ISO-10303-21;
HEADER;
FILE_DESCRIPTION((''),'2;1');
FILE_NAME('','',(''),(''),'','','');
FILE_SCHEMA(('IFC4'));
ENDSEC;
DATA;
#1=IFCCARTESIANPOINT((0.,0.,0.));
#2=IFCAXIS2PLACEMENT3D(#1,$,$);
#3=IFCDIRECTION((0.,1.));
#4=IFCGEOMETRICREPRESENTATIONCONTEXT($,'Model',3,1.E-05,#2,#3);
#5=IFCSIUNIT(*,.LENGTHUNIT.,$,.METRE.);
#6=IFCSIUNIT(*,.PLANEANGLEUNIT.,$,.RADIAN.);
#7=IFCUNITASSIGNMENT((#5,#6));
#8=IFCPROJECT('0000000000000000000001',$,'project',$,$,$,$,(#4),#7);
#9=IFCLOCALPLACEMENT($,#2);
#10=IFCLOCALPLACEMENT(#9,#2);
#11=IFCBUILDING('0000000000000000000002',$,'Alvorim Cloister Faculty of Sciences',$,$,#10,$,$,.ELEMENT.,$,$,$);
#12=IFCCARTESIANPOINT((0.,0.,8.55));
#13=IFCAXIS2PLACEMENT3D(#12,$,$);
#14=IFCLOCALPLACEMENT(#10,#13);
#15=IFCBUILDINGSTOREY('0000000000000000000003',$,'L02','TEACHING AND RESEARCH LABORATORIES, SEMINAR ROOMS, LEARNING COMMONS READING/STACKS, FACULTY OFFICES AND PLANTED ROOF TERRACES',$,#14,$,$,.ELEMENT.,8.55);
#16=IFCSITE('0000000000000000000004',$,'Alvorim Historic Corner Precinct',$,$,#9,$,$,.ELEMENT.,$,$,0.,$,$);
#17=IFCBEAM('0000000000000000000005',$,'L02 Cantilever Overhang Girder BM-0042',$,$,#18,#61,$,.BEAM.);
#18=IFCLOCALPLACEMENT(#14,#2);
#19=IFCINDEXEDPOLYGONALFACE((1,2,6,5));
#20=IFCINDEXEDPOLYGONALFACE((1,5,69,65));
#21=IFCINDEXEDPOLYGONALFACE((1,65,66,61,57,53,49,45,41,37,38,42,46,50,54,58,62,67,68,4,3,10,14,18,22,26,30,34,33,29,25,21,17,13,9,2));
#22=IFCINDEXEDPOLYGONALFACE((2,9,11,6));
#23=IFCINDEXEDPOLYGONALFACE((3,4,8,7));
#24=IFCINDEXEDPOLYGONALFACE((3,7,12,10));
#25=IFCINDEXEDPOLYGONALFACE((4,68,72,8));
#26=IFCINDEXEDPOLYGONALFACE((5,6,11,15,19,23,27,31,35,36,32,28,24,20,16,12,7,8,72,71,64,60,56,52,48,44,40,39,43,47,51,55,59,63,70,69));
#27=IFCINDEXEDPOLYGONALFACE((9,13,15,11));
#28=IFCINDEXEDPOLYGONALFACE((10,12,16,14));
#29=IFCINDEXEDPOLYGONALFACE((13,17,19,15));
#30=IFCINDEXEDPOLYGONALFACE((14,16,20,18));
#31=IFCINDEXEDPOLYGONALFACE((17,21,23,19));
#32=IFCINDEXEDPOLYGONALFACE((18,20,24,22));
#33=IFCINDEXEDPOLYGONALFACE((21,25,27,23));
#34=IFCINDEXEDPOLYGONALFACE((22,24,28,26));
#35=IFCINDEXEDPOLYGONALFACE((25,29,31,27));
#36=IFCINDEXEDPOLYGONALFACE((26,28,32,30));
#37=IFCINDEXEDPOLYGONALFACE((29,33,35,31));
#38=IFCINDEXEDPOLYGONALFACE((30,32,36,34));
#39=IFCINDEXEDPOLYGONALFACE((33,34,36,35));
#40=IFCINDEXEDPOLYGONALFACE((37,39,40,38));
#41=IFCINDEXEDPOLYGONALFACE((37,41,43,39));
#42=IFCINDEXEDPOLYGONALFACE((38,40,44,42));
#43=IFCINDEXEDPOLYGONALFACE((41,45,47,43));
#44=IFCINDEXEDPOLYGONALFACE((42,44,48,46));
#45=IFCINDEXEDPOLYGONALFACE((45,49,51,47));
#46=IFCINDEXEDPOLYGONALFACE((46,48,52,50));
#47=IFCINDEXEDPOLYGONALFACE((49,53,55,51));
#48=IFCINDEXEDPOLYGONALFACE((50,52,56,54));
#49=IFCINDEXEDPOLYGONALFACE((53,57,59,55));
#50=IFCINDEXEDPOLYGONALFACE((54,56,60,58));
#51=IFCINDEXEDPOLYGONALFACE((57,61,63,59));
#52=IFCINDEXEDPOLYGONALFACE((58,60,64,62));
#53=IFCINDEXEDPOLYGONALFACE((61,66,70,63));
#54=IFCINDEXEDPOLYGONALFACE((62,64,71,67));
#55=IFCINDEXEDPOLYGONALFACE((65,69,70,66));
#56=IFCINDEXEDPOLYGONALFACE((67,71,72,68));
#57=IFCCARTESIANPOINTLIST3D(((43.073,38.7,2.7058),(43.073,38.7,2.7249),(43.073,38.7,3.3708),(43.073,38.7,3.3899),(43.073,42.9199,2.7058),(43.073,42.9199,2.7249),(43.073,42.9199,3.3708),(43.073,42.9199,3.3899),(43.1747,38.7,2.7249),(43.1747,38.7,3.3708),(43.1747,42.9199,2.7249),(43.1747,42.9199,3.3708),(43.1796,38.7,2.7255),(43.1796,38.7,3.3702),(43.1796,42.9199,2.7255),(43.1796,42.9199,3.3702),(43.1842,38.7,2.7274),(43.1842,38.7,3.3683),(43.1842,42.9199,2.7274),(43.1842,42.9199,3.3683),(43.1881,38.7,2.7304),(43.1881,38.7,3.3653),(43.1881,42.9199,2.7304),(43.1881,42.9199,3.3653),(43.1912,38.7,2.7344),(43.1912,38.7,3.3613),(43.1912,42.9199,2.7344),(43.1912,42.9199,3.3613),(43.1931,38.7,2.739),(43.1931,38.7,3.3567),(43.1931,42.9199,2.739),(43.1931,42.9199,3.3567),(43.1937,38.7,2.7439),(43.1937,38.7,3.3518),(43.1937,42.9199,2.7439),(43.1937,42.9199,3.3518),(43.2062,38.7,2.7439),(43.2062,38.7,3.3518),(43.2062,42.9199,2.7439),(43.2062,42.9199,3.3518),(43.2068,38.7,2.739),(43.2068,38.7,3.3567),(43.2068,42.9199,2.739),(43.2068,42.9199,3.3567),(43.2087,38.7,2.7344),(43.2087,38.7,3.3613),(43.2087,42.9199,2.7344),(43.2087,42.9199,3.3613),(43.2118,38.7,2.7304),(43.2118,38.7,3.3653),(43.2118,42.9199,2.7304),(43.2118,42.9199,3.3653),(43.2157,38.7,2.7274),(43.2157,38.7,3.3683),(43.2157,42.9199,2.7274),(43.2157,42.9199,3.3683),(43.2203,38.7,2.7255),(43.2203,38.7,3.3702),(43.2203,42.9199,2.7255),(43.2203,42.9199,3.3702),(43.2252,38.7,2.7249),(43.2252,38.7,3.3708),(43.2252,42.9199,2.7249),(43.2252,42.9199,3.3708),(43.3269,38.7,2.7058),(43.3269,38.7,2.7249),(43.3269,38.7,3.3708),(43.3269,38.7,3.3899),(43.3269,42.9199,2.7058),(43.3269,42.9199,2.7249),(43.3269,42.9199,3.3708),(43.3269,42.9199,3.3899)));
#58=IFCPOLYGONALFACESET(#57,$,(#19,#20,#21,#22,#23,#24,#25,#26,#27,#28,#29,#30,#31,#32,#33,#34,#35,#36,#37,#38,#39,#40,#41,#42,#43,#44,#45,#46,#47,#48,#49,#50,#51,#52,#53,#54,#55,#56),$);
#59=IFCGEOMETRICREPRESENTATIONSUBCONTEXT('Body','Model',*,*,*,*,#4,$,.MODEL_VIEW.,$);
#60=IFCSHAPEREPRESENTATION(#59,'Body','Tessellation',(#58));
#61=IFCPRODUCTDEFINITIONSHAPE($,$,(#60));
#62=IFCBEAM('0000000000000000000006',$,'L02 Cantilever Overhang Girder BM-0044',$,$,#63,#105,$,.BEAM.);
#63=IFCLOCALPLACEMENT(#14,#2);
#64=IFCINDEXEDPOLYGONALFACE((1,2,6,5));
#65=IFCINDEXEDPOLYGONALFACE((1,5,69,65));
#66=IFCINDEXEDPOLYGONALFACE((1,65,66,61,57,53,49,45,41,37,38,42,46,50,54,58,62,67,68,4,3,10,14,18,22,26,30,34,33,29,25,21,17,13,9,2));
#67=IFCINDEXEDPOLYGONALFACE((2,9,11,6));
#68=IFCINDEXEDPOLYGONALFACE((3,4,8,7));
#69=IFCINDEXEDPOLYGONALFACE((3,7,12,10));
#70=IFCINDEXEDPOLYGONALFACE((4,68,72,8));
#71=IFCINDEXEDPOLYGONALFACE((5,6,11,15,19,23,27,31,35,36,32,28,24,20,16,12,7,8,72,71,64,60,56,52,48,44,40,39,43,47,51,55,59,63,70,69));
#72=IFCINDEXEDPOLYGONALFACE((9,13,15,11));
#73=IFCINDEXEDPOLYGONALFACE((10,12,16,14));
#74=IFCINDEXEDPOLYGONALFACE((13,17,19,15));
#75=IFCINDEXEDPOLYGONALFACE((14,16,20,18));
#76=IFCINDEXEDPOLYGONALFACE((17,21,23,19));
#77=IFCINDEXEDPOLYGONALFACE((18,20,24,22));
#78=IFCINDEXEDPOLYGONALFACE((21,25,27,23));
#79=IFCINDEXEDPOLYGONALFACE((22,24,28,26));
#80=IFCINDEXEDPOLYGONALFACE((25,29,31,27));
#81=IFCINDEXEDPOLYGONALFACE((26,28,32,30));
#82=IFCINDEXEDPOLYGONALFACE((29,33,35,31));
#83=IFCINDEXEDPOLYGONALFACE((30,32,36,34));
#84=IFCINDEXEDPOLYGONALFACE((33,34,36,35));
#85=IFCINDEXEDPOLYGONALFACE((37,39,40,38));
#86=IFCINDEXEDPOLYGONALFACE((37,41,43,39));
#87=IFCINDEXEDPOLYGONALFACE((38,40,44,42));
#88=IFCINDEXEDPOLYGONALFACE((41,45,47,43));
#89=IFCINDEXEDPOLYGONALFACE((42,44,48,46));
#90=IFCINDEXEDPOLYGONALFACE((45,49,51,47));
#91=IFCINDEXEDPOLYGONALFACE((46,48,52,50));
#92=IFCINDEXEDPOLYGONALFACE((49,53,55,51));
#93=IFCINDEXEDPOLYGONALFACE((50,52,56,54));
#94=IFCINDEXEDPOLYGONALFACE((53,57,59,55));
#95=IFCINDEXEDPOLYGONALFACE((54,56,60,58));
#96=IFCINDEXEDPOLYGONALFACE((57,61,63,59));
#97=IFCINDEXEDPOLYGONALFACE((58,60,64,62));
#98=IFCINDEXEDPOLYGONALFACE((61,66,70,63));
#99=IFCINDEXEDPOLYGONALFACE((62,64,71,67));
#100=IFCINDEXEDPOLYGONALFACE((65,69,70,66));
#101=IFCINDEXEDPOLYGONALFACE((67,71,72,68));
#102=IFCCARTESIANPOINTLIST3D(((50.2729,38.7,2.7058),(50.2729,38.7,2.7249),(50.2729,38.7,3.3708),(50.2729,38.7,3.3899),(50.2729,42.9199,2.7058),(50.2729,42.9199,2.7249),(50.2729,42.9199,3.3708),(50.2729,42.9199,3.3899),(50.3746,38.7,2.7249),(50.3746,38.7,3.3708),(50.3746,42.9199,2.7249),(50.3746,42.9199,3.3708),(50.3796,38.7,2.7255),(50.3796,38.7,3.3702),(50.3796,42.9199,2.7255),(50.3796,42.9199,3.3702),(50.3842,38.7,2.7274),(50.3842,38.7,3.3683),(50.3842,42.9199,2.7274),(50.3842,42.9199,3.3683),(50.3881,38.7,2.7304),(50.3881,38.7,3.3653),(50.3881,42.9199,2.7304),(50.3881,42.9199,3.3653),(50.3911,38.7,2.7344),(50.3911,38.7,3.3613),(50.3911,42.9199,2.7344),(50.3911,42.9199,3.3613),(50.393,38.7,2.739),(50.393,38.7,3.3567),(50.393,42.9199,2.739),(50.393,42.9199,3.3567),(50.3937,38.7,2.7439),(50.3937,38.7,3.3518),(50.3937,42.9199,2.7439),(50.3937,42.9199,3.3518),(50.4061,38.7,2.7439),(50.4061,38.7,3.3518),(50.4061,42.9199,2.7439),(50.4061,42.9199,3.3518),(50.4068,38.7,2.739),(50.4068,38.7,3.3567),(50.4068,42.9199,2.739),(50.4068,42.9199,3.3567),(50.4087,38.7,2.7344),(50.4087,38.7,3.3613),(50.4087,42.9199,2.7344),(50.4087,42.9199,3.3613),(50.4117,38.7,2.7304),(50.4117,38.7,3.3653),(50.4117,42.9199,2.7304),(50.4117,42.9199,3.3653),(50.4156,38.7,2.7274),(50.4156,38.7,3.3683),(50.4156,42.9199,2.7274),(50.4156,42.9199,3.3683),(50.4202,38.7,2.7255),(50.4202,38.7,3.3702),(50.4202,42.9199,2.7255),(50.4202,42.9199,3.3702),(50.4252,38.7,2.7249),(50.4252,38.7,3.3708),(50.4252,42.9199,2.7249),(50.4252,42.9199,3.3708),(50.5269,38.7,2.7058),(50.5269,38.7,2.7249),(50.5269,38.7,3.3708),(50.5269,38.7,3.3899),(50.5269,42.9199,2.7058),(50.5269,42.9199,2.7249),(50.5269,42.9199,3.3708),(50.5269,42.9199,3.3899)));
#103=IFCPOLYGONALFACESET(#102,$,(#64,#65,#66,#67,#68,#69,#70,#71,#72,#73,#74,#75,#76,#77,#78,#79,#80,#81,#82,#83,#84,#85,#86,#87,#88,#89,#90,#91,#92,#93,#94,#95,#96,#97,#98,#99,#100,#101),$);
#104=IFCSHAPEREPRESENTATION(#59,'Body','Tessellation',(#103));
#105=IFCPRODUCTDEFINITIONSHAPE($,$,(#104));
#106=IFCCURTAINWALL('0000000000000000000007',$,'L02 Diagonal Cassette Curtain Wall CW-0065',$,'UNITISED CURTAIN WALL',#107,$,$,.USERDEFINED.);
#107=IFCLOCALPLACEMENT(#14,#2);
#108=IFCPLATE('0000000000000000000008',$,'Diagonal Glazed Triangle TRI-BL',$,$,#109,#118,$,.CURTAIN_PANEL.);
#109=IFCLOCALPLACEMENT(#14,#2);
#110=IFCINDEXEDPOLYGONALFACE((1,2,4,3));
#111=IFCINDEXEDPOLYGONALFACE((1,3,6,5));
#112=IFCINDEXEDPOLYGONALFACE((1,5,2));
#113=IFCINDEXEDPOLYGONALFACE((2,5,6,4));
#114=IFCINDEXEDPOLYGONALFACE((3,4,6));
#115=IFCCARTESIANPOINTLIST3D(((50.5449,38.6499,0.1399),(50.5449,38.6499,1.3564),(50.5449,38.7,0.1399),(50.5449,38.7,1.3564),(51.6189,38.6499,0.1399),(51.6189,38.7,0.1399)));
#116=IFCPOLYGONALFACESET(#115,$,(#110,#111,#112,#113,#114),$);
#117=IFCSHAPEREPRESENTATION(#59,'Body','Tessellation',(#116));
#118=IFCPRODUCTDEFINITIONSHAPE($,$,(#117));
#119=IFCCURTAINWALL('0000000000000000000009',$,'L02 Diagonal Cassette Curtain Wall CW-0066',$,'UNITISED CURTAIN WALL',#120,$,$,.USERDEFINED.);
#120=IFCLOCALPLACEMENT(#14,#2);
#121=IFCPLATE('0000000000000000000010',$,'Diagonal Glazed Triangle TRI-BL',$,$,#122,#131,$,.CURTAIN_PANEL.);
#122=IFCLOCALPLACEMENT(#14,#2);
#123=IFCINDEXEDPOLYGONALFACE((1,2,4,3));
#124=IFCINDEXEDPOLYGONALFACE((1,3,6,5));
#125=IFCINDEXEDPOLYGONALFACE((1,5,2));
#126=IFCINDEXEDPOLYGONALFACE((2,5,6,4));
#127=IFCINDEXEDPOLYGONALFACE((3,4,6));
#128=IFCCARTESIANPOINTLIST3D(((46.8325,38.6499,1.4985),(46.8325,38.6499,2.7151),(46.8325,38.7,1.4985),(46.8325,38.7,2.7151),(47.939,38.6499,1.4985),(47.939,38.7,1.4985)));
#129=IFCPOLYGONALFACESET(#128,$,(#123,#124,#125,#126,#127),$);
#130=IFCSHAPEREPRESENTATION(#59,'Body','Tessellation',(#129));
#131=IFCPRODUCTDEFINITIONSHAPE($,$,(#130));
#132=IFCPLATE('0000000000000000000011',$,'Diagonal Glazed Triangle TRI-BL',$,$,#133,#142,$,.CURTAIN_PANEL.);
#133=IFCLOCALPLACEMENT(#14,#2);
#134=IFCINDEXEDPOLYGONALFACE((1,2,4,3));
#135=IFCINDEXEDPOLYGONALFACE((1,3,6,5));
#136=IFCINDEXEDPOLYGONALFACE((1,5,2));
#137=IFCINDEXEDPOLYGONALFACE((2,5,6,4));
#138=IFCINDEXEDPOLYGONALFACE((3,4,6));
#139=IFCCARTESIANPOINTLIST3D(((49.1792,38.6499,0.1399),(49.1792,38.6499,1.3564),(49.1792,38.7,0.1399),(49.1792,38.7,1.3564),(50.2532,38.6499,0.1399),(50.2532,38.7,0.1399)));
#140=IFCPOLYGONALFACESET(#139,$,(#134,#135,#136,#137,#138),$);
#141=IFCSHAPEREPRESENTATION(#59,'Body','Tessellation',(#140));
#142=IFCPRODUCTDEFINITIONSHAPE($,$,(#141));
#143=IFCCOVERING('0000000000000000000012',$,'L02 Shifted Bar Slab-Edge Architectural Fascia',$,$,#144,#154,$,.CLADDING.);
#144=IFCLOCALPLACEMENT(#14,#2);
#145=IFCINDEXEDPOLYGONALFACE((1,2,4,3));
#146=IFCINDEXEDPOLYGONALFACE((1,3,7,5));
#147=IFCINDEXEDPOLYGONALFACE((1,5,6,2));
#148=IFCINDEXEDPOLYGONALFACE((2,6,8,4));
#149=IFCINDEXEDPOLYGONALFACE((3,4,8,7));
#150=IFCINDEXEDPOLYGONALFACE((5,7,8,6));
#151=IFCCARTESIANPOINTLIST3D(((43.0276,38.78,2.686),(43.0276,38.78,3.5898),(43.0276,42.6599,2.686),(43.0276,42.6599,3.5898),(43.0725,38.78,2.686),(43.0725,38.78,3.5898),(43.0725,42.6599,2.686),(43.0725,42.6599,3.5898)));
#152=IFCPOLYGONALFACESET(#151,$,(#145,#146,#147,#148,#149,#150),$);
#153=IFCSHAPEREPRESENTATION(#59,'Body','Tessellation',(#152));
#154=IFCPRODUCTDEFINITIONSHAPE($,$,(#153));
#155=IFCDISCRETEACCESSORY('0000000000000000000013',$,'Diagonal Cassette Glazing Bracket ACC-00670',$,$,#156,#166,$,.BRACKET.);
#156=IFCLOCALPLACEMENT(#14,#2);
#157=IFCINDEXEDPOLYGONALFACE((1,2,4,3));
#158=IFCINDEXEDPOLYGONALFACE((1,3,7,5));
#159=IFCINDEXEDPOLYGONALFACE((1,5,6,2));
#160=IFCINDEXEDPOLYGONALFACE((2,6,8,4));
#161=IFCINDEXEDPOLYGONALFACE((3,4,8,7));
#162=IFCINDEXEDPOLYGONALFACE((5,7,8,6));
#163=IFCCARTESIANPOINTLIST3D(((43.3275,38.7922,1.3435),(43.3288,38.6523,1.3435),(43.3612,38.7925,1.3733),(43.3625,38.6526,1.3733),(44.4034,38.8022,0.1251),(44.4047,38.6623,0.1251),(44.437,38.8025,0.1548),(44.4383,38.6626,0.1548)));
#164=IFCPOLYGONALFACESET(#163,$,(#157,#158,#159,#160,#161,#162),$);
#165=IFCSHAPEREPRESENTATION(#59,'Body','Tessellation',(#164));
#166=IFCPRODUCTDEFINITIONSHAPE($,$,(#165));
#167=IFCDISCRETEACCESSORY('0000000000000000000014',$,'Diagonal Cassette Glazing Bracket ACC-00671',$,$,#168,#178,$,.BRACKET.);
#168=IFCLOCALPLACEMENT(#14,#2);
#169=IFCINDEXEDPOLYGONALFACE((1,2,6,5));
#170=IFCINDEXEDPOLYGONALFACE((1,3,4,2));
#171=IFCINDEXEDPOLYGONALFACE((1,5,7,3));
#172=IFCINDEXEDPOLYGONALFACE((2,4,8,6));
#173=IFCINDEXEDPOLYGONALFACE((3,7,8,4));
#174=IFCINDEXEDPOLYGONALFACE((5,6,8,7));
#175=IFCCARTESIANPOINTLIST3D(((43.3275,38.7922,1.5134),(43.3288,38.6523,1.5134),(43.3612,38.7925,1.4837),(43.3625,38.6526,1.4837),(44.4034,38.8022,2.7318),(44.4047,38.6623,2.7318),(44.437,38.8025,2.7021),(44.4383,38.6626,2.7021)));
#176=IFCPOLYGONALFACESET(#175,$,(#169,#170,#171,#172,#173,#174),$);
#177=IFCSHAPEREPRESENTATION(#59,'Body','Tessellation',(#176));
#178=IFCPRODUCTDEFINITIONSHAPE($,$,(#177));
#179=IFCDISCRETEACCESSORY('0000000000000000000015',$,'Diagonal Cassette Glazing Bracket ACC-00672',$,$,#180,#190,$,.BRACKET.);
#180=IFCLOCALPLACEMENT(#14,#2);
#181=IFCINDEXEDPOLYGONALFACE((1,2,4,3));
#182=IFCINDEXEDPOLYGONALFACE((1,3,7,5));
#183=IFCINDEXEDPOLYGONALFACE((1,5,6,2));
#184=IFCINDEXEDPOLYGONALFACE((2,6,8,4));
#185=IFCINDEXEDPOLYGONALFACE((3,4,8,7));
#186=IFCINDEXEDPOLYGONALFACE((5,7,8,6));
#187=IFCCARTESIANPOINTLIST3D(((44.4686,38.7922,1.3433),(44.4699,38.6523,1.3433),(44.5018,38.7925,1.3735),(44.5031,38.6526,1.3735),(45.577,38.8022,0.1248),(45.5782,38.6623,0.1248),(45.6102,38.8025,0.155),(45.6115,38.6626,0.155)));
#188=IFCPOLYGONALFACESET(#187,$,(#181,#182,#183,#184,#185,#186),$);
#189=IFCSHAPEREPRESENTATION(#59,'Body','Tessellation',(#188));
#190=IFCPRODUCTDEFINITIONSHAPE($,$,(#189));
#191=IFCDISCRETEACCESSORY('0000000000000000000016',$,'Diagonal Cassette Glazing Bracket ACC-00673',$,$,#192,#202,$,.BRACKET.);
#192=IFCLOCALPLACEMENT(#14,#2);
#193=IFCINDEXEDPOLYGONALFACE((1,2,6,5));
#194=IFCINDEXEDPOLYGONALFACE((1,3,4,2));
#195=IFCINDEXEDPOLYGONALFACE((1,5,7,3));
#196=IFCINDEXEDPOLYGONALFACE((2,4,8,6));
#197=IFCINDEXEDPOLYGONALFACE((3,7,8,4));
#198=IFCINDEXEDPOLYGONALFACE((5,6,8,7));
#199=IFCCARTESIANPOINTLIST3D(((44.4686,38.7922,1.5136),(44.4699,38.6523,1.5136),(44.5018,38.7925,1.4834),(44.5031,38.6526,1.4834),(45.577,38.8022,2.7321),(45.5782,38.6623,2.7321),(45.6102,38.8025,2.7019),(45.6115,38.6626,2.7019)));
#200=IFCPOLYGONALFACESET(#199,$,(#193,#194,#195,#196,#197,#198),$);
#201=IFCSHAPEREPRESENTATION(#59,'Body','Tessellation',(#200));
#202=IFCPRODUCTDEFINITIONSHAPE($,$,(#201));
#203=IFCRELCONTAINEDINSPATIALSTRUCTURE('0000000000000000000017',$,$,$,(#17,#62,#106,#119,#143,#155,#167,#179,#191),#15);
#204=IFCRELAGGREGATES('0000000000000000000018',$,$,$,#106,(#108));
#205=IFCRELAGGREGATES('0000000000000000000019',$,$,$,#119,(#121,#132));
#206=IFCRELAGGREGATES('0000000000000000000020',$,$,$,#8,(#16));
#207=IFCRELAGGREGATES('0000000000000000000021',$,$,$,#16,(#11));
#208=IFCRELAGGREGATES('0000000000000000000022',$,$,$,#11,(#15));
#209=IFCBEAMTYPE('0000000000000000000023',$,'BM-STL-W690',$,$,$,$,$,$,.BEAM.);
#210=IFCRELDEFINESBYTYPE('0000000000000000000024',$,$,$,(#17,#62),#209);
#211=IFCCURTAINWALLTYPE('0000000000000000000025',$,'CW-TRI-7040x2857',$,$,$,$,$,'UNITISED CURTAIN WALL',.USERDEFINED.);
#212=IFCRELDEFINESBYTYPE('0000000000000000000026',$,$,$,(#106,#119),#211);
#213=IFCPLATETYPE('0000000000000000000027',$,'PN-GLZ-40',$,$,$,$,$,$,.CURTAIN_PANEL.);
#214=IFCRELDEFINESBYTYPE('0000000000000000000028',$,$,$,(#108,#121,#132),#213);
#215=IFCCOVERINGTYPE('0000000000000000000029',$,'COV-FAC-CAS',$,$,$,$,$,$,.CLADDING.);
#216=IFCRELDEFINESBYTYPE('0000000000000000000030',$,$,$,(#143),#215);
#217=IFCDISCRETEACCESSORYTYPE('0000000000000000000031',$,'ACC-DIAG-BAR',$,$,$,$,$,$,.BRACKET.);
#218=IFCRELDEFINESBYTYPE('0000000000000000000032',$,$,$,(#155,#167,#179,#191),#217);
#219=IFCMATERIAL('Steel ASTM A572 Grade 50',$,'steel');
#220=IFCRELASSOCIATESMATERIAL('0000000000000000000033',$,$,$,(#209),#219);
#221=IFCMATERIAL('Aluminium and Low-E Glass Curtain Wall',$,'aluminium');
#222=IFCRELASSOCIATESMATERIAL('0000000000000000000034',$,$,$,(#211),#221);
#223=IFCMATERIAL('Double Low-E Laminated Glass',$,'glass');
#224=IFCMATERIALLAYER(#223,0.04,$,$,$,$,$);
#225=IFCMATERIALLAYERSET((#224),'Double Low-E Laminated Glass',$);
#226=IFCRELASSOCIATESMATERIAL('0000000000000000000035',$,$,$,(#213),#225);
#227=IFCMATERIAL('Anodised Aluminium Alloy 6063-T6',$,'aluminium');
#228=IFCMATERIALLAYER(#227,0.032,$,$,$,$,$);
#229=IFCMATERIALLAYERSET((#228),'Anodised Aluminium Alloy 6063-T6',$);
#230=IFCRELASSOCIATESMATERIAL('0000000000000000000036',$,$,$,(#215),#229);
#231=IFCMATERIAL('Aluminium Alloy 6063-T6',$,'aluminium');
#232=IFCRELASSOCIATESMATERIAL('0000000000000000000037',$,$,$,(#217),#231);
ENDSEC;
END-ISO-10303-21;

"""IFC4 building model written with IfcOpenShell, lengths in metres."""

from ifc_helpers import new_model, si_unit, direction, frame, origin, origin_2d, place, context, subcontext, project, spatial, polyline, rectangle, i_section, outline, extrude, material, layer, layer_set, material_profile, profile_set, type_object, element, aggregate, save


model = new_model("IFC4")

# Units and contexts
model_context = context("Model", 3, precision=1e-05, world=origin(), true_north=direction((0.0, 1.0)))
body_context = subcontext(model_context, "Body", "Model", "MODEL_VIEW")
ifc_project = project(units=[si_unit("LENGTHUNIT", "METRE"), si_unit("PLANEANGLEUNIT", "RADIAN")], contexts=[model_context])

# Site, building, storey
site_placement = place(None, origin())
site = spatial("IfcSite", under=ifc_project, at=site_placement, Name="Alvorim Historic Corner Precinct", CompositionType="ELEMENT", RefElevation=0.0)
building_placement = place(site_placement, origin())
building = spatial("IfcBuilding", under=site, at=building_placement, Name="Alvorim Cloister Faculty of Sciences", CompositionType="ELEMENT")
storey_placement = place(building_placement, frame((0.0, 0.0, 8.55)))
storey = spatial("IfcBuildingStorey", under=building, at=storey_placement, Name="L02", Description="TEACHING AND RESEARCH LABORATORIES, SEMINAR ROOMS, LEARNING COMMONS READING/STACKS, FACULTY OFFICES AND PLANTED ROOF TERRACES", CompositionType="ELEMENT", Elevation=8.55)

# Beams
ifc_material_1 = material(Name="Steel ASTM A572 Grade 50", Category="steel")
ifc_material_profile = material_profile(ifc_material_1, i_section(OverallWidth=0.2539, OverallDepth=0.6841, WebThickness=0.0125, FlangeThickness=0.019, FilletRadius=0.019, at=origin_2d()), Name="W690x140.0")
ifc_profile_set = profile_set([ifc_material_profile], Name="Steel ASTM A572 Grade 50")
beam_type = type_object("IfcBeamType", Name="BM-STL-W690", PredefinedType="BEAM", material=ifc_profile_set)
for number, where, z_axis, x_axis, name in (
    (1, (43.2, 38.7, 3.0479), (0.0, 1.0, 0.0), (-1.0, 0.0, 0.0), "L02 Cantilever Overhang Girder BM-0042"),
    (2, (50.3999, 38.7, 3.0479), (0.0, 1.0, 0.0), (-1.0, 0.0, 0.0), "L02 Cantilever Overhang Girder BM-0044"),
):
    element("IfcBeam", number, at=place(storey_placement, frame(where, z_axis=z_axis, x_axis=x_axis)), inside=storey, type_object=beam_type, Name=name, PredefinedType="BEAM", context=body_context, shape_type="SweptSolid", body=[
        extrude(i_section(OverallWidth=0.2539, OverallDepth=0.6841, WebThickness=0.0125, FlangeThickness=0.019, FilletRadius=0.019, at=origin_2d()), origin(), (0.0, 0.0, 1.0), 4.22),
    ])

# Curtain wall, plate
ifc_material_2 = material(Name="Aluminium and Low-E Glass Curtain Wall", Category="aluminium")
curtain_wall_type = type_object("IfcCurtainWallType", Name="CW-TRI-7040x2857", ElementType="UNITISED CURTAIN WALL", PredefinedType="USERDEFINED", material=ifc_material_2)
curtain_wall_1_placement = place(storey_placement, origin())
curtain_wall_1 = element("IfcCurtainWall", 3, at=curtain_wall_1_placement, inside=storey, type_object=curtain_wall_type, Name="L02 Diagonal Cassette Curtain Wall CW-0065", ObjectType="UNITISED CURTAIN WALL", PredefinedType="USERDEFINED")
ifc_material_3 = material(Name="Double Low-E Laminated Glass", Category="glass")
ifc_layer_1 = layer(ifc_material_3, 0.04)
ifc_layer_set_1 = layer_set([ifc_layer_1], Name="Double Low-E Laminated Glass")
plate_type = type_object("IfcPlateType", Name="PN-GLZ-40", PredefinedType="CURTAIN_PANEL", material=ifc_layer_set_1)
plate_1_placement = place(storey_placement, frame((50.5449, 38.675, 0.1399), z_axis=(0.0, 0.0, 1.0), x_axis=(1.0, 0.0, 0.0)))
plate_1 = element("IfcPlate", 4, at=plate_1_placement, type_object=plate_type, Name="Diagonal Glazed Triangle TRI-BL", PredefinedType="CURTAIN_PANEL", context=body_context, shape_type="SweptSolid", body=[
    extrude(outline(polyline([(0.0, 0.0), (1.074, 0.0), (0.0, 1.2166), (0.0, 0.0)])), frame((0.0, 0.0249, 0.0), z_axis=(0.0, -1.0, 0.0), x_axis=(1.0, 0.0, 0.0)), (0.0, 0.0, 1.0), 0.05),
])
aggregate(curtain_wall_1, [plate_1])

# Curtain wall, plates
curtain_wall_2_placement = place(storey_placement, origin())
curtain_wall_2 = element("IfcCurtainWall", 5, at=curtain_wall_2_placement, inside=storey, type_object=curtain_wall_type, Name="L02 Diagonal Cassette Curtain Wall CW-0066", ObjectType="UNITISED CURTAIN WALL", PredefinedType="USERDEFINED")
plate_2_placement = place(storey_placement, frame((46.8325, 38.675, 1.4985), z_axis=(0.0, 0.0, 1.0), x_axis=(1.0, 0.0, 0.0)))
plate_2 = element("IfcPlate", 6, at=plate_2_placement, type_object=plate_type, Name="Diagonal Glazed Triangle TRI-BL", PredefinedType="CURTAIN_PANEL", context=body_context, shape_type="SweptSolid", body=[
    extrude(outline(polyline([(0.0, 0.0), (1.1064, 0.0), (0.0, 1.2166), (0.0, 0.0)])), frame((0.0, 0.0249, 0.0), z_axis=(0.0, -1.0, 0.0), x_axis=(1.0, 0.0, 0.0)), (0.0, 0.0, 1.0), 0.05),
])
plate_3_placement = place(storey_placement, frame((49.1792, 38.675, 0.1399), z_axis=(0.0, 0.0, 1.0), x_axis=(1.0, 0.0, 0.0)))
plate_3 = element("IfcPlate", 7, at=plate_3_placement, type_object=plate_type, Name="Diagonal Glazed Triangle TRI-BL", PredefinedType="CURTAIN_PANEL", context=body_context, shape_type="SweptSolid", body=[
    extrude(outline(polyline([(0.0, 0.0), (1.074, 0.0), (0.0, 1.2166), (0.0, 0.0)])), frame((0.0, 0.0249, 0.0), z_axis=(0.0, -1.0, 0.0), x_axis=(1.0, 0.0, 0.0)), (0.0, 0.0, 1.0), 0.05),
])
aggregate(curtain_wall_2, [plate_2, plate_3])

# Covering
ifc_material_4 = material(Name="Anodised Aluminium Alloy 6063-T6", Category="aluminium")
ifc_layer_2 = layer(ifc_material_4, 0.032)
ifc_layer_set_2 = layer_set([ifc_layer_2], Name="Anodised Aluminium Alloy 6063-T6")
covering_type = type_object("IfcCoveringType", Name="COV-FAC-CAS", PredefinedType="CLADDING", material=ifc_layer_set_2)
covering_placement = place(storey_placement, frame((43.05, 38.78, 2.686), z_axis=(0.0, 0.0, 1.0), x_axis=(0.0, 1.0, 0.0)))
element("IfcCovering", 8, at=covering_placement, inside=storey, type_object=covering_type, Name="L02 Shifted Bar Slab-Edge Architectural Fascia", PredefinedType="CLADDING", context=body_context, shape_type="SweptSolid", body=[
    extrude(outline(polyline([(0.0, 0.0), (3.8799, 0.0), (3.8799, 0.9038), (0.0, 0.9038), (0.0, 0.0)])), frame((0.0, 0.0225, 0.0), z_axis=(0.0, -1.0, 0.0), x_axis=(1.0, 0.0, 0.0)), (0.0, 0.0, 1.0), 0.0449),
])

# Discrete accessories
ifc_material_5 = material(Name="Aluminium Alloy 6063-T6", Category="aluminium")
discrete_accessory_type = type_object("IfcDiscreteAccessoryType", Name="ACC-DIAG-BAR", PredefinedType="BRACKET", material=ifc_material_5)
for number, where, z_axis, x_axis, name in (
    (9, (43.345, 38.7224, 1.3584), (0.661877, 0.006158, -0.749587), (-0.009303, 0.999957, 0.0), "Diagonal Cassette Glazing Bracket ACC-00670"),
    (10, (43.345, 38.7224, 1.4985), (0.661877, 0.006158, 0.749587), (-0.009303, 0.999957, 0.0), "Diagonal Cassette Glazing Bracket ACC-00671"),
):
    element("IfcDiscreteAccessory", number, at=place(storey_placement, frame(where, z_axis=z_axis, x_axis=x_axis)), inside=storey, type_object=discrete_accessory_type, Name=name, PredefinedType="BRACKET", context=body_context, shape_type="SweptSolid", body=[
        extrude(rectangle(XDim=0.1399, YDim=0.0449, at=origin_2d()), origin(), (0.0, 0.0, 1.0), 1.6255),
    ])
for number, where, z_axis, x_axis, name in (
    (11, (44.4858, 38.7224, 1.3584), (0.672882, 0.006077, -0.739725), (-0.00903, 0.999959, 0.0), "Diagonal Cassette Glazing Bracket ACC-00672"),
    (12, (44.4858, 38.7224, 1.4985), (0.672882, 0.006077, 0.739725), (-0.00903, 0.999959, 0.0), "Diagonal Cassette Glazing Bracket ACC-00673"),
):
    element("IfcDiscreteAccessory", number, at=place(storey_placement, frame(where, z_axis=z_axis, x_axis=x_axis)), inside=storey, type_object=discrete_accessory_type, Name=name, PredefinedType="BRACKET", context=body_context, shape_type="SweptSolid", body=[
        extrude(rectangle(XDim=0.1399, YDim=0.0449, at=origin_2d()), origin(), (0.0, 0.0, 1.0), 1.6472),
    ])

save(model, "model.ifc")
